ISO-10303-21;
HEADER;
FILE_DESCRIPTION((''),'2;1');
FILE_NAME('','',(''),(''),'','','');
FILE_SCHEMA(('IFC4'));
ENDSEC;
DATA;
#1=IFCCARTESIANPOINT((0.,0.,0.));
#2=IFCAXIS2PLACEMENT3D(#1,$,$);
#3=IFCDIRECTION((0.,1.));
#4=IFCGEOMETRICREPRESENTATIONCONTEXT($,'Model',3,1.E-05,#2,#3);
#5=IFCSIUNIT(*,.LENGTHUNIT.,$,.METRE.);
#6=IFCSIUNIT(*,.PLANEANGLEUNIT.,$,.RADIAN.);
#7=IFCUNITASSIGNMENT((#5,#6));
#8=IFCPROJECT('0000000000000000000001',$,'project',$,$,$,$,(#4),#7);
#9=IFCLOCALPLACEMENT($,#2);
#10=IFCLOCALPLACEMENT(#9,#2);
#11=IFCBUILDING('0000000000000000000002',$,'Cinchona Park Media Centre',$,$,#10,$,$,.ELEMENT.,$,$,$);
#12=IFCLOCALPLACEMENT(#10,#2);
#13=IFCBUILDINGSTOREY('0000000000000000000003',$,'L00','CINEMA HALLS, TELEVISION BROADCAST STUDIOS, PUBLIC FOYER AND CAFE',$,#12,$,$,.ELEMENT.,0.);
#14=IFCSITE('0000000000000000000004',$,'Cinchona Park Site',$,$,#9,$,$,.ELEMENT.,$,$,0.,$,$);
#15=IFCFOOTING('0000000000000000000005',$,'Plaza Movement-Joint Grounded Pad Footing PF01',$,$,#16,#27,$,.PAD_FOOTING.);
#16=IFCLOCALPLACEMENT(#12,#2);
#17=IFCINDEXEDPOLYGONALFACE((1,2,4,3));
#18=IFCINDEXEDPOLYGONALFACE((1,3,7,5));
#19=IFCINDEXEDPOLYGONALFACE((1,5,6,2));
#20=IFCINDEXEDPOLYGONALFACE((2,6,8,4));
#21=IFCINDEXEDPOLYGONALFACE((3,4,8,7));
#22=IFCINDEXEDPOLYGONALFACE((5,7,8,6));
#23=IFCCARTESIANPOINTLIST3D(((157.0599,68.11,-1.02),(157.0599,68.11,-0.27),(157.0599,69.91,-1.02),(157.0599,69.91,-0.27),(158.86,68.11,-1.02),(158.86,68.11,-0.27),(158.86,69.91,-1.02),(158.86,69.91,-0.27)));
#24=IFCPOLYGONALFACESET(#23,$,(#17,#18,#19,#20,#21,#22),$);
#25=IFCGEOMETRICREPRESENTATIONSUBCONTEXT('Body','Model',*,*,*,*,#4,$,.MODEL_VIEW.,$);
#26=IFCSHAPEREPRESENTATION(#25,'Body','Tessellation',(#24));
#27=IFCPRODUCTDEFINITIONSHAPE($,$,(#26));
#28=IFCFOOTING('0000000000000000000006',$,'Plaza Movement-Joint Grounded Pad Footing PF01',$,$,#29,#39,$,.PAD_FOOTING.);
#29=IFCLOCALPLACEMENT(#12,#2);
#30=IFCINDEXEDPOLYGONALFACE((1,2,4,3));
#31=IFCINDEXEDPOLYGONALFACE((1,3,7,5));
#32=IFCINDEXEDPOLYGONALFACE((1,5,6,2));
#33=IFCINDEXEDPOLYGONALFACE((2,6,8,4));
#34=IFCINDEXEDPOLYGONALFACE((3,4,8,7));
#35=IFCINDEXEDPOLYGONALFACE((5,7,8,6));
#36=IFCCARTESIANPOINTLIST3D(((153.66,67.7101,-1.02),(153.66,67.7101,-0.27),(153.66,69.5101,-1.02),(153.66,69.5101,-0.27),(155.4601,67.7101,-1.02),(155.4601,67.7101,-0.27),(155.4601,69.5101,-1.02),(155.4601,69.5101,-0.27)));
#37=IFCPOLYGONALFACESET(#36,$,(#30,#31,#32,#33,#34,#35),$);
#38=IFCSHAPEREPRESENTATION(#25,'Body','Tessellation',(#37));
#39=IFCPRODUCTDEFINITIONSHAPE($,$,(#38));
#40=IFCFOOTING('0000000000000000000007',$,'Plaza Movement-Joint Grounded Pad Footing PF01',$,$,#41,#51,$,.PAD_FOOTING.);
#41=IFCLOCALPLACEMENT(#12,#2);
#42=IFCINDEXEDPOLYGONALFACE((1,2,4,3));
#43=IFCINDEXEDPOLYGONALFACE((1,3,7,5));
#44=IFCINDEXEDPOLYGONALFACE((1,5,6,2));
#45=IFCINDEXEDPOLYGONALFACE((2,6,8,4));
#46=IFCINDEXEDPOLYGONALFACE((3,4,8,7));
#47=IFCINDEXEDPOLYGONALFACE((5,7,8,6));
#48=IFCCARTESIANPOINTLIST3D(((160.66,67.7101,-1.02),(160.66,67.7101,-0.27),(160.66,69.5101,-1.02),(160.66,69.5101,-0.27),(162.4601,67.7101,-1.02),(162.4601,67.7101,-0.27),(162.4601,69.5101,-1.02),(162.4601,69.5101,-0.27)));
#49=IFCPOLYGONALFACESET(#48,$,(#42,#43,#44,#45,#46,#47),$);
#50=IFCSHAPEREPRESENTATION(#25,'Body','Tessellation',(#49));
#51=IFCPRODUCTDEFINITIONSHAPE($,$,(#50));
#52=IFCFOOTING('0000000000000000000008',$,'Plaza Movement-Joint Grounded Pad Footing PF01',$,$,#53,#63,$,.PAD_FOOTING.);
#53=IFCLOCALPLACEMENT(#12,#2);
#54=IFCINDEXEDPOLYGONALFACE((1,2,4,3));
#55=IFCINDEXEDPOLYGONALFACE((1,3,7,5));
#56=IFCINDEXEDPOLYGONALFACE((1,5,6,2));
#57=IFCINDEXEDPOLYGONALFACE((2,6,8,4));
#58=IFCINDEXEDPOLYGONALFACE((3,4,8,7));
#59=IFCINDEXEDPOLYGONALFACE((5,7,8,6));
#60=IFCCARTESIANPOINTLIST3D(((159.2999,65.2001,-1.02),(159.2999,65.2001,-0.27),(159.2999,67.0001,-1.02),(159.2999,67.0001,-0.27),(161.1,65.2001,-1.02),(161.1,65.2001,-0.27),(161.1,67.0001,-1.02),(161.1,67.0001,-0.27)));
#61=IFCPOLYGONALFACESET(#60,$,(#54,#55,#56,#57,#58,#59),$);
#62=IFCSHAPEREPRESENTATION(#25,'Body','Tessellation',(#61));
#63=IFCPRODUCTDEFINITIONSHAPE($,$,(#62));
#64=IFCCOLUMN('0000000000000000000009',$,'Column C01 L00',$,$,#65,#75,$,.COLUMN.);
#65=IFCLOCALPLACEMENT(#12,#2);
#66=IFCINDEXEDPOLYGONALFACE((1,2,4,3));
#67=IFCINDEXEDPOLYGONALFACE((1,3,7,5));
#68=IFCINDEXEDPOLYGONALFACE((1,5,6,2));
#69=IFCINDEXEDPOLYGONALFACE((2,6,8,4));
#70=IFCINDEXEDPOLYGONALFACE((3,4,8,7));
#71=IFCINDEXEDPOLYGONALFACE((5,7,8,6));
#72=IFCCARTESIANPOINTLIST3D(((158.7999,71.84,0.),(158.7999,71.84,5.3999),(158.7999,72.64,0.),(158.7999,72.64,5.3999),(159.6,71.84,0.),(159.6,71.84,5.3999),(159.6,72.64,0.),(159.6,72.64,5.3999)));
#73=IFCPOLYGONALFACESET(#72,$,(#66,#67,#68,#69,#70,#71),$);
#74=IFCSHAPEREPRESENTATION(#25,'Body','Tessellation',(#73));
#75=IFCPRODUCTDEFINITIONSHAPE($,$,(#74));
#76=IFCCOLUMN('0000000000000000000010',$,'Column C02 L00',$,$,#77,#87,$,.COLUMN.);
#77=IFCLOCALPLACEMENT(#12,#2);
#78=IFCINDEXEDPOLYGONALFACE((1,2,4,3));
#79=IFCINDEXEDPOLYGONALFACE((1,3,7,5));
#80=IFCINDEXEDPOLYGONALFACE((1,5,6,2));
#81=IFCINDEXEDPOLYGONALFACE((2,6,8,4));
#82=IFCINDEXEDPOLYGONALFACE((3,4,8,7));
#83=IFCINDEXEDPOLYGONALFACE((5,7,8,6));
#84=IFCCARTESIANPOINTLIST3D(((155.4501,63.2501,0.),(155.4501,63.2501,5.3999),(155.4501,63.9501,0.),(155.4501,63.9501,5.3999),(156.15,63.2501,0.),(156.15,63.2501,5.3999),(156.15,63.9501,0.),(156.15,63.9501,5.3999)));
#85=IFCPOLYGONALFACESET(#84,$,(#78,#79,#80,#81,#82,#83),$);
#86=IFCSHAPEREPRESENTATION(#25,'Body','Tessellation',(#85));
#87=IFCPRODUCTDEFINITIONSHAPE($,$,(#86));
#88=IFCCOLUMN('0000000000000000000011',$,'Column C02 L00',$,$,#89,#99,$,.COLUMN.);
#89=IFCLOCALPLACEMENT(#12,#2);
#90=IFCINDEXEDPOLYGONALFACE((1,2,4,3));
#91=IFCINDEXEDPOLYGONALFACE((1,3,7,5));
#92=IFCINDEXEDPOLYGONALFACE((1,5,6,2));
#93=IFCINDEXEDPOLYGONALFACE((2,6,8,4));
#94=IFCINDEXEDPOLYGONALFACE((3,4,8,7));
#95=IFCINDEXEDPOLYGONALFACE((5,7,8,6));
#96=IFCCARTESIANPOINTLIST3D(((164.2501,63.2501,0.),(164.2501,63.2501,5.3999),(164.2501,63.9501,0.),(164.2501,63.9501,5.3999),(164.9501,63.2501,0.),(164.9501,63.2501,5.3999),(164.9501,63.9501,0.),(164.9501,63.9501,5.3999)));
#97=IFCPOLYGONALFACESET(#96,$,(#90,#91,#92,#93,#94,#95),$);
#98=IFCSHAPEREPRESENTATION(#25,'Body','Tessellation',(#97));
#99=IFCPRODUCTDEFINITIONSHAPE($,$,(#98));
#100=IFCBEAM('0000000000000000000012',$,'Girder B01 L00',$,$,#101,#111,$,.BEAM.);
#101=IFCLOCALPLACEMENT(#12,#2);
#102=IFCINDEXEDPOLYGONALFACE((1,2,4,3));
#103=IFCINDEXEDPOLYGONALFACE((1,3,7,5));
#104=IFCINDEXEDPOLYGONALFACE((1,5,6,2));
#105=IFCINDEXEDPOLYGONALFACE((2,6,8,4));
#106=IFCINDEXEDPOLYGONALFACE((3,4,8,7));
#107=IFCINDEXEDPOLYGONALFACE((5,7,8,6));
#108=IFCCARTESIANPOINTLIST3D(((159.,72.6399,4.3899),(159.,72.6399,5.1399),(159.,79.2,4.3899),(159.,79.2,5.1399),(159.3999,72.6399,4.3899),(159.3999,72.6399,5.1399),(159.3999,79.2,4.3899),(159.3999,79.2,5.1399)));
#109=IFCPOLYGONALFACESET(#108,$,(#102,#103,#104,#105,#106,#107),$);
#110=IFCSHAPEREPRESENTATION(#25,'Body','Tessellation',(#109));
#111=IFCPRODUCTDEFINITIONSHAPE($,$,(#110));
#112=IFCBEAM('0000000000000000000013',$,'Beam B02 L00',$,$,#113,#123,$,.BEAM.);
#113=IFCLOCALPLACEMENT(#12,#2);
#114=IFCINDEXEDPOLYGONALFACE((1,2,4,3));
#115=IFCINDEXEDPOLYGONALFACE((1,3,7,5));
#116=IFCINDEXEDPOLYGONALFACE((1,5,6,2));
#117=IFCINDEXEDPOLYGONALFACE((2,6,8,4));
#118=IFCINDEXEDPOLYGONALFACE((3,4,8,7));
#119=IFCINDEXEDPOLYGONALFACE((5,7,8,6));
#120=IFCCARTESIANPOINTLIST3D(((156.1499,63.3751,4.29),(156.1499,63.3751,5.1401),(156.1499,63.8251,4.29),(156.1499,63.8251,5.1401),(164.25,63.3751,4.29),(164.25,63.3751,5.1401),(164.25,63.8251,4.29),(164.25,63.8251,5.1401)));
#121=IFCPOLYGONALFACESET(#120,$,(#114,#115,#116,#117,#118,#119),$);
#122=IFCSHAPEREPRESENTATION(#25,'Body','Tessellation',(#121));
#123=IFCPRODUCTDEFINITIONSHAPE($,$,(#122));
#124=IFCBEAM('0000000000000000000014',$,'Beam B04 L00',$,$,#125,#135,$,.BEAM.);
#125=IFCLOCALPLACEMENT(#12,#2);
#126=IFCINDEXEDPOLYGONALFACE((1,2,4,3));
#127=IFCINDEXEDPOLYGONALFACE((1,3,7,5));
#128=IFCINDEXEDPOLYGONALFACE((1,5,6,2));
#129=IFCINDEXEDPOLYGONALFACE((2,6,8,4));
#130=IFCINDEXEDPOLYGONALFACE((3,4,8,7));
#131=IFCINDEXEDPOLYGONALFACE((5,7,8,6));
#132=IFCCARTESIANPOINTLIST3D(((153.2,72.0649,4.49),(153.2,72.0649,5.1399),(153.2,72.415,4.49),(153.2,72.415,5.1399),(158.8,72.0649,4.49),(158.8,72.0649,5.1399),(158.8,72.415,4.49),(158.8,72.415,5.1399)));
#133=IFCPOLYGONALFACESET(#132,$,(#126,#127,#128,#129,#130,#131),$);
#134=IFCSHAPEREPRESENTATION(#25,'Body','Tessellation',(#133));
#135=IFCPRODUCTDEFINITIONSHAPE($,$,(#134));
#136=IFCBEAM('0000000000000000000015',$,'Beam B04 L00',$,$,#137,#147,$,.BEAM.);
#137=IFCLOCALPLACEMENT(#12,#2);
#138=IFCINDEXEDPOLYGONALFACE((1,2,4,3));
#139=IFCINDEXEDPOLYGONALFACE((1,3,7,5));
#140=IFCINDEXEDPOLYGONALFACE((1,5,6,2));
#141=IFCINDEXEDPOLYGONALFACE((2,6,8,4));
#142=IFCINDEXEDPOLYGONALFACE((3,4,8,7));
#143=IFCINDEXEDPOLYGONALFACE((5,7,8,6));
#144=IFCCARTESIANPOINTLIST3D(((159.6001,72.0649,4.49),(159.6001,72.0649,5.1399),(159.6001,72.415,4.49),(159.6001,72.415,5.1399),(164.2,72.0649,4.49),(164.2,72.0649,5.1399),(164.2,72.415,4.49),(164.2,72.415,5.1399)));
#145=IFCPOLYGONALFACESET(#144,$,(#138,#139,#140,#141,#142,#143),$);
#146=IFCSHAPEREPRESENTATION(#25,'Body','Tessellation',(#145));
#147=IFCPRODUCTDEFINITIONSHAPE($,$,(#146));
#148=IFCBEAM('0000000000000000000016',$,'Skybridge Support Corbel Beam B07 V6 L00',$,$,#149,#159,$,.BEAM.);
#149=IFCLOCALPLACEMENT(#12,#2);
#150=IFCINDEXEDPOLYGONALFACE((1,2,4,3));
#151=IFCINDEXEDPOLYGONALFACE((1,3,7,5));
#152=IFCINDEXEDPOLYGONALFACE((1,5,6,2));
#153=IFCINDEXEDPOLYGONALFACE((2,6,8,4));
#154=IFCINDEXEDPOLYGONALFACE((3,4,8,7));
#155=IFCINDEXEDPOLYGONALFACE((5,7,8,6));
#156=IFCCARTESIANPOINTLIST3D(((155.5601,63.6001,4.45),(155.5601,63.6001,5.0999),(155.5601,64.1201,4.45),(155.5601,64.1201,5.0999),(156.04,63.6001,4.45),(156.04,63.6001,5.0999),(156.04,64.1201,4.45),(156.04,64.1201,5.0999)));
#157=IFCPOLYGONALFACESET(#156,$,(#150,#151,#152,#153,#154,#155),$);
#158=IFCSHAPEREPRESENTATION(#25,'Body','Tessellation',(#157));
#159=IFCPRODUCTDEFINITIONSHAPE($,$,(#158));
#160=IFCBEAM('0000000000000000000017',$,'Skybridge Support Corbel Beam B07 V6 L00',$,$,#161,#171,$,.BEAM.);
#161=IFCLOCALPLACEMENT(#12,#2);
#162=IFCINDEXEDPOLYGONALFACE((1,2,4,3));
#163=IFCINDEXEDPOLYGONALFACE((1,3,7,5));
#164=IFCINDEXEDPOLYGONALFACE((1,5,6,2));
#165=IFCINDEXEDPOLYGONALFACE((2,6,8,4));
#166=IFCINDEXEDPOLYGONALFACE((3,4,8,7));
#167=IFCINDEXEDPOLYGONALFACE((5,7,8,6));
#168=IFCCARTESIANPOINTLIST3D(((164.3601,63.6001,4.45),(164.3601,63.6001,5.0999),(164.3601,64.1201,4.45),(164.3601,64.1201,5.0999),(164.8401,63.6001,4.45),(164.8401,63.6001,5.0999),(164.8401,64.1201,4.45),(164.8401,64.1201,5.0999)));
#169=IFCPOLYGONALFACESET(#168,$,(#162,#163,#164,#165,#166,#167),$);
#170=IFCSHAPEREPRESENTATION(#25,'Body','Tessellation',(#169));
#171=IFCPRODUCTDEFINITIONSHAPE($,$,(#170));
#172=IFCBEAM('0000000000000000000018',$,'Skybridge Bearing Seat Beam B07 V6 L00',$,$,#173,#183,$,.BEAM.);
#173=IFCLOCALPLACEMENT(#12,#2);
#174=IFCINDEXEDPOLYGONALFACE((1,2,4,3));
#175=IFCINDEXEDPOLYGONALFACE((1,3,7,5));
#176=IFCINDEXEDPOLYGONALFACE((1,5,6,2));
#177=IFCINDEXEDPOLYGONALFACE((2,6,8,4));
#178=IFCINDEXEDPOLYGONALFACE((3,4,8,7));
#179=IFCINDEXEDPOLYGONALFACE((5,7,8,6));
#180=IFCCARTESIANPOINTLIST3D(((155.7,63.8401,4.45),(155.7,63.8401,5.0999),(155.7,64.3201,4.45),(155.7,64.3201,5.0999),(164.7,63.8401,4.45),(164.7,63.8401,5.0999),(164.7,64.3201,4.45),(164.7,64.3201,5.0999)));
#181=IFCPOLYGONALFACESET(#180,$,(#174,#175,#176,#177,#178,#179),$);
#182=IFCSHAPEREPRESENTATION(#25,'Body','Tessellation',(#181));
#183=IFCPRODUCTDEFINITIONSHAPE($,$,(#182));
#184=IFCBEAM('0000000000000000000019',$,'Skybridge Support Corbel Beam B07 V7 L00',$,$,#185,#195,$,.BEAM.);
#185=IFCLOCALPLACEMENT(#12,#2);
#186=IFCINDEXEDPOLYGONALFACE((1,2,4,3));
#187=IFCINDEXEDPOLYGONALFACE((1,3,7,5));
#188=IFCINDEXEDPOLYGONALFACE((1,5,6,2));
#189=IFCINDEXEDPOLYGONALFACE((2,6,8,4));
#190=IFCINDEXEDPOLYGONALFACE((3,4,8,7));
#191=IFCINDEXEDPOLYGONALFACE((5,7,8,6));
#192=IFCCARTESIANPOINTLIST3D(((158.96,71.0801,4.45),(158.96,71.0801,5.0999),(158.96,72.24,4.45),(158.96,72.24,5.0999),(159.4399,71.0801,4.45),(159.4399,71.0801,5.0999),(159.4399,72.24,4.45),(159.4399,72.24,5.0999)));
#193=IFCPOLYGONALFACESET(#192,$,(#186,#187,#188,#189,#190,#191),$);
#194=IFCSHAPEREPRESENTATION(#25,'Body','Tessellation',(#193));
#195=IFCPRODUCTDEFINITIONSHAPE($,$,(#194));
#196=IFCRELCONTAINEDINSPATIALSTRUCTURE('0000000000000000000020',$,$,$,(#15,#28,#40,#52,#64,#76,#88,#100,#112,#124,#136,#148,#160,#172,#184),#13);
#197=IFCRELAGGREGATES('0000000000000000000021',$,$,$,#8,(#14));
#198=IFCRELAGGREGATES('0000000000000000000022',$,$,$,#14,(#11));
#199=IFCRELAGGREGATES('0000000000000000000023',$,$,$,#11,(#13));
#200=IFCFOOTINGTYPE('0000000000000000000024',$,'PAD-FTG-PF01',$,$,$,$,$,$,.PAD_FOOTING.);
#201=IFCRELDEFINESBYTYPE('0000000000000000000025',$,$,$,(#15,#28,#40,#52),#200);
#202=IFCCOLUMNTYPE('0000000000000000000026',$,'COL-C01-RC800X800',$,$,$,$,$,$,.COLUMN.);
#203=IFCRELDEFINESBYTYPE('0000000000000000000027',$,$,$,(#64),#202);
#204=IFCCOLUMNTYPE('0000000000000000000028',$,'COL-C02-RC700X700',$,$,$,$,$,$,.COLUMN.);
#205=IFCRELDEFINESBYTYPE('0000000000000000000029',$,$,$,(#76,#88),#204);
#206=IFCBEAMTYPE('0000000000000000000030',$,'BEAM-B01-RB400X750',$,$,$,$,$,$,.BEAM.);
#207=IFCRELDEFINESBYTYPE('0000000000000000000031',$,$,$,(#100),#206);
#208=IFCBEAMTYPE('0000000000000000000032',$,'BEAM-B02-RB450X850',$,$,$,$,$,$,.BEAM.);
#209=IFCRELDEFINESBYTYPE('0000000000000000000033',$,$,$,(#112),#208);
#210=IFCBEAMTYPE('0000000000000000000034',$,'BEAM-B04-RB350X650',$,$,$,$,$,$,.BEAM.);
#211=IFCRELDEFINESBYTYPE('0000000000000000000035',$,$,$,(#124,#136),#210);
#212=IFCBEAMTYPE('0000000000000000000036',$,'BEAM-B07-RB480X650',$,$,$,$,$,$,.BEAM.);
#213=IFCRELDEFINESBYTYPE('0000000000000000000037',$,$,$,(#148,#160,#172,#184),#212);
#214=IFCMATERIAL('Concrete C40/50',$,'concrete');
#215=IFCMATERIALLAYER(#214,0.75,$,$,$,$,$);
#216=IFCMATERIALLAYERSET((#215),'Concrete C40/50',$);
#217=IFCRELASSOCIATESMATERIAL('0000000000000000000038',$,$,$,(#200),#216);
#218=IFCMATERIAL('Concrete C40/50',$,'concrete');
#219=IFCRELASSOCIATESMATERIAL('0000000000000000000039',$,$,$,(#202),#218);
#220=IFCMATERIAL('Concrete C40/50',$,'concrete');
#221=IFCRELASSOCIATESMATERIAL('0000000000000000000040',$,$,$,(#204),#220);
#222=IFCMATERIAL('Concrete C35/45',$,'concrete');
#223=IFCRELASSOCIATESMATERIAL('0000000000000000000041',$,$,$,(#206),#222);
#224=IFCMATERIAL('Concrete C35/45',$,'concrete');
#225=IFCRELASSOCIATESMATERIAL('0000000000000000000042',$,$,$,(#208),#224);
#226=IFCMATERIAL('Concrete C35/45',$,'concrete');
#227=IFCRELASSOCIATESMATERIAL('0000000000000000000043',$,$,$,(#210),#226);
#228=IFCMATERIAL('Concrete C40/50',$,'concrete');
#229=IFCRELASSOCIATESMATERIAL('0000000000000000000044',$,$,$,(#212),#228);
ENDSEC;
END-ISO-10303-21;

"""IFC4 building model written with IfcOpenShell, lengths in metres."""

from ifc_helpers import new_model, si_unit, direction, frame, origin, origin_2d, place, context, subcontext, project, spatial, rectangle, extrude, material, layer, layer_set, material_profile, profile_set, type_object, element, save


model = new_model("IFC4")

# Units and contexts
model_context = context("Model", 3, precision=1e-05, world=origin(), true_north=direction((0.0, 1.0)))
body_context = subcontext(model_context, "Body", "Model", "MODEL_VIEW")
ifc_project = project(units=[si_unit("LENGTHUNIT", "METRE"), si_unit("PLANEANGLEUNIT", "RADIAN")], contexts=[model_context])

# Site, building, storey
site_placement = place(None, origin())
site = spatial("IfcSite", under=ifc_project, at=site_placement, Name="Cinchona Park Site", CompositionType="ELEMENT", RefElevation=0.0)
building_placement = place(site_placement, origin())
building = spatial("IfcBuilding", under=site, at=building_placement, Name="Cinchona Park Media Centre", CompositionType="ELEMENT")
storey_placement = place(building_placement, origin())
storey = spatial("IfcBuildingStorey", under=building, at=storey_placement, Name="L00", Description="CINEMA HALLS, TELEVISION BROADCAST STUDIOS, PUBLIC FOYER AND CAFE", CompositionType="ELEMENT", Elevation=0.0)

# Footings
ifc_material_1 = material(Name="Concrete C40/50", Category="concrete")
ifc_layer_1 = layer(ifc_material_1, 0.75)
ifc_layer_set_1 = layer_set([ifc_layer_1], Name="Concrete C40/50")
footing_type = type_object("IfcFootingType", Name="PAD-FTG-PF01", PredefinedType="PAD_FOOTING", material=ifc_layer_set_1)
for number, where, z_axis, x_axis, name in (
    (1, (157.96, 69.01, -1.02), (0.0, 0.0, 1.0), (1.0, 0.0, 0.0), "Plaza Movement-Joint Grounded Pad Footing PF01"),
    (2, (154.5601, 68.6101, -1.02), (0.0, 0.0, 1.0), (1.0, 0.0, 0.0), "Plaza Movement-Joint Grounded Pad Footing PF01"),
    (3, (161.5601, 68.6101, -1.02), (0.0, 0.0, 1.0), (1.0, 0.0, 0.0), "Plaza Movement-Joint Grounded Pad Footing PF01"),
    (4, (160.2, 66.1001, -1.02), (0.0, 0.0, 1.0), (1.0, 0.0, 0.0), "Plaza Movement-Joint Grounded Pad Footing PF01"),
):
    element("IfcFooting", number, at=place(storey_placement, frame(where, z_axis=z_axis, x_axis=x_axis)), inside=storey, type_object=footing_type, Name=name, PredefinedType="PAD_FOOTING", context=body_context, shape_type="SweptSolid", body=[
        extrude(rectangle(XDim=1.8, YDim=1.8, at=origin_2d()), origin(), (0.0, 0.0, 1.0), 0.75),
    ])

# Columns
ifc_material_2 = material(Name="Concrete C40/50", Category="concrete")
ifc_material_profile_1 = material_profile(ifc_material_2, rectangle(XDim=0.8, YDim=0.8, at=origin_2d()), Name="RC 800X800")
ifc_profile_set_1 = profile_set([ifc_material_profile_1], Name="Concrete C40/50")
column_type_1 = type_object("IfcColumnType", Name="COL-C01-RC800X800", PredefinedType="COLUMN", material=ifc_profile_set_1)
column_placement = place(storey_placement, frame((159.2, 72.24, 0.0), z_axis=(0.0, 0.0, 1.0), x_axis=(1.0, 0.0, 0.0)))
element("IfcColumn", 5, at=column_placement, inside=storey, type_object=column_type_1, Name="Column C01 L00", PredefinedType="COLUMN", context=body_context, shape_type="SweptSolid", body=[
    extrude(rectangle(XDim=0.8, YDim=0.8, at=origin_2d()), origin(), (0.0, 0.0, 1.0), 5.3999),
])
ifc_material_3 = material(Name="Concrete C40/50", Category="concrete")
ifc_material_profile_2 = material_profile(ifc_material_3, rectangle(XDim=0.7, YDim=0.7, at=origin_2d()), Name="RC 700X700")
ifc_profile_set_2 = profile_set([ifc_material_profile_2], Name="Concrete C40/50")
column_type_2 = type_object("IfcColumnType", Name="COL-C02-RC700X700", PredefinedType="COLUMN", material=ifc_profile_set_2)
for number, where, z_axis, x_axis, name in (
    (6, (155.8, 63.6001, 0.0), (0.0, 0.0, 1.0), (1.0, 0.0, 0.0), "Column C02 L00"),
    (7, (164.6001, 63.6001, 0.0), (0.0, 0.0, 1.0), (1.0, 0.0, 0.0), "Column C02 L00"),
):
    element("IfcColumn", number, at=place(storey_placement, frame(where, z_axis=z_axis, x_axis=x_axis)), inside=storey, type_object=column_type_2, Name=name, PredefinedType="COLUMN", context=body_context, shape_type="SweptSolid", body=[
        extrude(rectangle(XDim=0.7, YDim=0.7, at=origin_2d()), origin(), (0.0, 0.0, 1.0), 5.3999),
    ])

# Beams
ifc_material_4 = material(Name="Concrete C35/45", Category="concrete")
ifc_material_profile_3 = material_profile(ifc_material_4, rectangle(XDim=0.3999, YDim=0.75, at=origin_2d()), Name="RB 400X750")
ifc_profile_set_3 = profile_set([ifc_material_profile_3], Name="Concrete C35/45")
beam_type_1 = type_object("IfcBeamType", Name="BEAM-B01-RB400X750", PredefinedType="BEAM", material=ifc_profile_set_3)
beam_1_placement = place(storey_placement, frame((159.2, 72.6399, 4.7649), z_axis=(0.0, 1.0, 0.0), x_axis=(-1.0, 0.0, 0.0)))
element("IfcBeam", 8, at=beam_1_placement, inside=storey, type_object=beam_type_1, Name="Girder B01 L00", PredefinedType="BEAM", context=body_context, shape_type="SweptSolid", body=[
    extrude(rectangle(XDim=0.3999, YDim=0.75, at=origin_2d()), origin(), (0.0, 0.0, 1.0), 6.5601),
])
ifc_material_5 = material(Name="Concrete C35/45", Category="concrete")
ifc_material_profile_4 = material_profile(ifc_material_5, rectangle(XDim=0.45, YDim=0.8501, at=origin_2d()), Name="RB 450X850")
ifc_profile_set_4 = profile_set([ifc_material_profile_4], Name="Concrete C35/45")
beam_type_2 = type_object("IfcBeamType", Name="BEAM-B02-RB450X850", PredefinedType="BEAM", material=ifc_profile_set_4)
beam_2_placement = place(storey_placement, frame((156.1499, 63.6001, 4.7151), z_axis=(1.0, 0.0, 0.0), x_axis=(0.0, 1.0, 0.0)))
element("IfcBeam", 9, at=beam_2_placement, inside=storey, type_object=beam_type_2, Name="Beam B02 L00", PredefinedType="BEAM", context=body_context, shape_type="SweptSolid", body=[
    extrude(rectangle(XDim=0.45, YDim=0.8501, at=origin_2d()), origin(), (0.0, 0.0, 1.0), 8.1001),
])
ifc_material_6 = material(Name="Concrete C35/45", Category="concrete")
ifc_material_profile_5 = material_profile(ifc_material_6, rectangle(XDim=0.3501, YDim=0.6499, at=origin_2d()), Name="RB 350X650")
ifc_profile_set_5 = profile_set([ifc_material_profile_5], Name="Concrete C35/45")
beam_type_3 = type_object("IfcBeamType", Name="BEAM-B04-RB350X650", PredefinedType="BEAM", material=ifc_profile_set_5)
beam_3_placement = place(storey_placement, frame((153.2, 72.24, 4.8149), z_axis=(1.0, 0.0, 0.0), x_axis=(0.0, 1.0, 0.0)))
element("IfcBeam", 10, at=beam_3_placement, inside=storey, type_object=beam_type_3, Name="Beam B04 L00", PredefinedType="BEAM", context=body_context, shape_type="SweptSolid", body=[
    extrude(rectangle(XDim=0.3501, YDim=0.6499, at=origin_2d()), origin(), (0.0, 0.0, 1.0), 5.6001),
])
beam_4_placement = place(storey_placement, frame((159.6001, 72.24, 4.8149), z_axis=(1.0, 0.0, 0.0), x_axis=(0.0, 1.0, 0.0)))
element("IfcBeam", 11, at=beam_4_placement, inside=storey, type_object=beam_type_3, Name="Beam B04 L00", PredefinedType="BEAM", context=body_context, shape_type="SweptSolid", body=[
    extrude(rectangle(XDim=0.3501, YDim=0.6499, at=origin_2d()), origin(), (0.0, 0.0, 1.0), 4.5999),
])
ifc_material_7 = material(Name="Concrete C40/50", Category="concrete")
ifc_material_profile_6 = material_profile(ifc_material_7, rectangle(XDim=0.48, YDim=0.6499, at=origin_2d()), Name="RB 480X650")
ifc_profile_set_6 = profile_set([ifc_material_profile_6], Name="Concrete C40/50")
beam_type_4 = type_object("IfcBeamType", Name="BEAM-B07-RB480X650", PredefinedType="BEAM", material=ifc_profile_set_6)
for number, where, z_axis, x_axis, name in (
    (12, (155.8, 63.6001, 4.7749), (0.0, 1.0, 0.0), (-1.0, 0.0, 0.0), "Skybridge Support Corbel Beam B07 V6 L00"),
    (13, (164.6001, 63.6001, 4.7749), (0.0, 1.0, 0.0), (-1.0, 0.0, 0.0), "Skybridge Support Corbel Beam B07 V6 L00"),
):
    element("IfcBeam", number, at=place(storey_placement, frame(where, z_axis=z_axis, x_axis=x_axis)), inside=storey, type_object=beam_type_4, Name=name, PredefinedType="BEAM", context=body_context, shape_type="SweptSolid", body=[
        extrude(rectangle(XDim=0.48, YDim=0.6499, at=origin_2d()), origin(), (0.0, 0.0, 1.0), 0.52),
    ])
beam_5_placement = place(storey_placement, frame((155.7, 64.0801, 4.7749), z_axis=(1.0, 0.0, 0.0), x_axis=(0.0, 1.0, 0.0)))
element("IfcBeam", 14, at=beam_5_placement, inside=storey, type_object=beam_type_4, Name="Skybridge Bearing Seat Beam B07 V6 L00", PredefinedType="BEAM", context=body_context, shape_type="SweptSolid", body=[
    extrude(rectangle(XDim=0.48, YDim=0.6499, at=origin_2d()), origin(), (0.0, 0.0, 1.0), 9.0),
])
beam_6_placement = place(storey_placement, frame((159.2, 72.24, 4.7749), z_axis=(0.0, -1.0, 0.0), x_axis=(1.0, 0.0, 0.0)))
element("IfcBeam", 15, at=beam_6_placement, inside=storey, type_object=beam_type_4, Name="Skybridge Support Corbel Beam B07 V7 L00", PredefinedType="BEAM", context=body_context, shape_type="SweptSolid", body=[
    extrude(rectangle(XDim=0.48, YDim=0.6499, at=origin_2d()), origin(), (0.0, 0.0, 1.0), 1.1599),
])

save(model, "model.ifc")
